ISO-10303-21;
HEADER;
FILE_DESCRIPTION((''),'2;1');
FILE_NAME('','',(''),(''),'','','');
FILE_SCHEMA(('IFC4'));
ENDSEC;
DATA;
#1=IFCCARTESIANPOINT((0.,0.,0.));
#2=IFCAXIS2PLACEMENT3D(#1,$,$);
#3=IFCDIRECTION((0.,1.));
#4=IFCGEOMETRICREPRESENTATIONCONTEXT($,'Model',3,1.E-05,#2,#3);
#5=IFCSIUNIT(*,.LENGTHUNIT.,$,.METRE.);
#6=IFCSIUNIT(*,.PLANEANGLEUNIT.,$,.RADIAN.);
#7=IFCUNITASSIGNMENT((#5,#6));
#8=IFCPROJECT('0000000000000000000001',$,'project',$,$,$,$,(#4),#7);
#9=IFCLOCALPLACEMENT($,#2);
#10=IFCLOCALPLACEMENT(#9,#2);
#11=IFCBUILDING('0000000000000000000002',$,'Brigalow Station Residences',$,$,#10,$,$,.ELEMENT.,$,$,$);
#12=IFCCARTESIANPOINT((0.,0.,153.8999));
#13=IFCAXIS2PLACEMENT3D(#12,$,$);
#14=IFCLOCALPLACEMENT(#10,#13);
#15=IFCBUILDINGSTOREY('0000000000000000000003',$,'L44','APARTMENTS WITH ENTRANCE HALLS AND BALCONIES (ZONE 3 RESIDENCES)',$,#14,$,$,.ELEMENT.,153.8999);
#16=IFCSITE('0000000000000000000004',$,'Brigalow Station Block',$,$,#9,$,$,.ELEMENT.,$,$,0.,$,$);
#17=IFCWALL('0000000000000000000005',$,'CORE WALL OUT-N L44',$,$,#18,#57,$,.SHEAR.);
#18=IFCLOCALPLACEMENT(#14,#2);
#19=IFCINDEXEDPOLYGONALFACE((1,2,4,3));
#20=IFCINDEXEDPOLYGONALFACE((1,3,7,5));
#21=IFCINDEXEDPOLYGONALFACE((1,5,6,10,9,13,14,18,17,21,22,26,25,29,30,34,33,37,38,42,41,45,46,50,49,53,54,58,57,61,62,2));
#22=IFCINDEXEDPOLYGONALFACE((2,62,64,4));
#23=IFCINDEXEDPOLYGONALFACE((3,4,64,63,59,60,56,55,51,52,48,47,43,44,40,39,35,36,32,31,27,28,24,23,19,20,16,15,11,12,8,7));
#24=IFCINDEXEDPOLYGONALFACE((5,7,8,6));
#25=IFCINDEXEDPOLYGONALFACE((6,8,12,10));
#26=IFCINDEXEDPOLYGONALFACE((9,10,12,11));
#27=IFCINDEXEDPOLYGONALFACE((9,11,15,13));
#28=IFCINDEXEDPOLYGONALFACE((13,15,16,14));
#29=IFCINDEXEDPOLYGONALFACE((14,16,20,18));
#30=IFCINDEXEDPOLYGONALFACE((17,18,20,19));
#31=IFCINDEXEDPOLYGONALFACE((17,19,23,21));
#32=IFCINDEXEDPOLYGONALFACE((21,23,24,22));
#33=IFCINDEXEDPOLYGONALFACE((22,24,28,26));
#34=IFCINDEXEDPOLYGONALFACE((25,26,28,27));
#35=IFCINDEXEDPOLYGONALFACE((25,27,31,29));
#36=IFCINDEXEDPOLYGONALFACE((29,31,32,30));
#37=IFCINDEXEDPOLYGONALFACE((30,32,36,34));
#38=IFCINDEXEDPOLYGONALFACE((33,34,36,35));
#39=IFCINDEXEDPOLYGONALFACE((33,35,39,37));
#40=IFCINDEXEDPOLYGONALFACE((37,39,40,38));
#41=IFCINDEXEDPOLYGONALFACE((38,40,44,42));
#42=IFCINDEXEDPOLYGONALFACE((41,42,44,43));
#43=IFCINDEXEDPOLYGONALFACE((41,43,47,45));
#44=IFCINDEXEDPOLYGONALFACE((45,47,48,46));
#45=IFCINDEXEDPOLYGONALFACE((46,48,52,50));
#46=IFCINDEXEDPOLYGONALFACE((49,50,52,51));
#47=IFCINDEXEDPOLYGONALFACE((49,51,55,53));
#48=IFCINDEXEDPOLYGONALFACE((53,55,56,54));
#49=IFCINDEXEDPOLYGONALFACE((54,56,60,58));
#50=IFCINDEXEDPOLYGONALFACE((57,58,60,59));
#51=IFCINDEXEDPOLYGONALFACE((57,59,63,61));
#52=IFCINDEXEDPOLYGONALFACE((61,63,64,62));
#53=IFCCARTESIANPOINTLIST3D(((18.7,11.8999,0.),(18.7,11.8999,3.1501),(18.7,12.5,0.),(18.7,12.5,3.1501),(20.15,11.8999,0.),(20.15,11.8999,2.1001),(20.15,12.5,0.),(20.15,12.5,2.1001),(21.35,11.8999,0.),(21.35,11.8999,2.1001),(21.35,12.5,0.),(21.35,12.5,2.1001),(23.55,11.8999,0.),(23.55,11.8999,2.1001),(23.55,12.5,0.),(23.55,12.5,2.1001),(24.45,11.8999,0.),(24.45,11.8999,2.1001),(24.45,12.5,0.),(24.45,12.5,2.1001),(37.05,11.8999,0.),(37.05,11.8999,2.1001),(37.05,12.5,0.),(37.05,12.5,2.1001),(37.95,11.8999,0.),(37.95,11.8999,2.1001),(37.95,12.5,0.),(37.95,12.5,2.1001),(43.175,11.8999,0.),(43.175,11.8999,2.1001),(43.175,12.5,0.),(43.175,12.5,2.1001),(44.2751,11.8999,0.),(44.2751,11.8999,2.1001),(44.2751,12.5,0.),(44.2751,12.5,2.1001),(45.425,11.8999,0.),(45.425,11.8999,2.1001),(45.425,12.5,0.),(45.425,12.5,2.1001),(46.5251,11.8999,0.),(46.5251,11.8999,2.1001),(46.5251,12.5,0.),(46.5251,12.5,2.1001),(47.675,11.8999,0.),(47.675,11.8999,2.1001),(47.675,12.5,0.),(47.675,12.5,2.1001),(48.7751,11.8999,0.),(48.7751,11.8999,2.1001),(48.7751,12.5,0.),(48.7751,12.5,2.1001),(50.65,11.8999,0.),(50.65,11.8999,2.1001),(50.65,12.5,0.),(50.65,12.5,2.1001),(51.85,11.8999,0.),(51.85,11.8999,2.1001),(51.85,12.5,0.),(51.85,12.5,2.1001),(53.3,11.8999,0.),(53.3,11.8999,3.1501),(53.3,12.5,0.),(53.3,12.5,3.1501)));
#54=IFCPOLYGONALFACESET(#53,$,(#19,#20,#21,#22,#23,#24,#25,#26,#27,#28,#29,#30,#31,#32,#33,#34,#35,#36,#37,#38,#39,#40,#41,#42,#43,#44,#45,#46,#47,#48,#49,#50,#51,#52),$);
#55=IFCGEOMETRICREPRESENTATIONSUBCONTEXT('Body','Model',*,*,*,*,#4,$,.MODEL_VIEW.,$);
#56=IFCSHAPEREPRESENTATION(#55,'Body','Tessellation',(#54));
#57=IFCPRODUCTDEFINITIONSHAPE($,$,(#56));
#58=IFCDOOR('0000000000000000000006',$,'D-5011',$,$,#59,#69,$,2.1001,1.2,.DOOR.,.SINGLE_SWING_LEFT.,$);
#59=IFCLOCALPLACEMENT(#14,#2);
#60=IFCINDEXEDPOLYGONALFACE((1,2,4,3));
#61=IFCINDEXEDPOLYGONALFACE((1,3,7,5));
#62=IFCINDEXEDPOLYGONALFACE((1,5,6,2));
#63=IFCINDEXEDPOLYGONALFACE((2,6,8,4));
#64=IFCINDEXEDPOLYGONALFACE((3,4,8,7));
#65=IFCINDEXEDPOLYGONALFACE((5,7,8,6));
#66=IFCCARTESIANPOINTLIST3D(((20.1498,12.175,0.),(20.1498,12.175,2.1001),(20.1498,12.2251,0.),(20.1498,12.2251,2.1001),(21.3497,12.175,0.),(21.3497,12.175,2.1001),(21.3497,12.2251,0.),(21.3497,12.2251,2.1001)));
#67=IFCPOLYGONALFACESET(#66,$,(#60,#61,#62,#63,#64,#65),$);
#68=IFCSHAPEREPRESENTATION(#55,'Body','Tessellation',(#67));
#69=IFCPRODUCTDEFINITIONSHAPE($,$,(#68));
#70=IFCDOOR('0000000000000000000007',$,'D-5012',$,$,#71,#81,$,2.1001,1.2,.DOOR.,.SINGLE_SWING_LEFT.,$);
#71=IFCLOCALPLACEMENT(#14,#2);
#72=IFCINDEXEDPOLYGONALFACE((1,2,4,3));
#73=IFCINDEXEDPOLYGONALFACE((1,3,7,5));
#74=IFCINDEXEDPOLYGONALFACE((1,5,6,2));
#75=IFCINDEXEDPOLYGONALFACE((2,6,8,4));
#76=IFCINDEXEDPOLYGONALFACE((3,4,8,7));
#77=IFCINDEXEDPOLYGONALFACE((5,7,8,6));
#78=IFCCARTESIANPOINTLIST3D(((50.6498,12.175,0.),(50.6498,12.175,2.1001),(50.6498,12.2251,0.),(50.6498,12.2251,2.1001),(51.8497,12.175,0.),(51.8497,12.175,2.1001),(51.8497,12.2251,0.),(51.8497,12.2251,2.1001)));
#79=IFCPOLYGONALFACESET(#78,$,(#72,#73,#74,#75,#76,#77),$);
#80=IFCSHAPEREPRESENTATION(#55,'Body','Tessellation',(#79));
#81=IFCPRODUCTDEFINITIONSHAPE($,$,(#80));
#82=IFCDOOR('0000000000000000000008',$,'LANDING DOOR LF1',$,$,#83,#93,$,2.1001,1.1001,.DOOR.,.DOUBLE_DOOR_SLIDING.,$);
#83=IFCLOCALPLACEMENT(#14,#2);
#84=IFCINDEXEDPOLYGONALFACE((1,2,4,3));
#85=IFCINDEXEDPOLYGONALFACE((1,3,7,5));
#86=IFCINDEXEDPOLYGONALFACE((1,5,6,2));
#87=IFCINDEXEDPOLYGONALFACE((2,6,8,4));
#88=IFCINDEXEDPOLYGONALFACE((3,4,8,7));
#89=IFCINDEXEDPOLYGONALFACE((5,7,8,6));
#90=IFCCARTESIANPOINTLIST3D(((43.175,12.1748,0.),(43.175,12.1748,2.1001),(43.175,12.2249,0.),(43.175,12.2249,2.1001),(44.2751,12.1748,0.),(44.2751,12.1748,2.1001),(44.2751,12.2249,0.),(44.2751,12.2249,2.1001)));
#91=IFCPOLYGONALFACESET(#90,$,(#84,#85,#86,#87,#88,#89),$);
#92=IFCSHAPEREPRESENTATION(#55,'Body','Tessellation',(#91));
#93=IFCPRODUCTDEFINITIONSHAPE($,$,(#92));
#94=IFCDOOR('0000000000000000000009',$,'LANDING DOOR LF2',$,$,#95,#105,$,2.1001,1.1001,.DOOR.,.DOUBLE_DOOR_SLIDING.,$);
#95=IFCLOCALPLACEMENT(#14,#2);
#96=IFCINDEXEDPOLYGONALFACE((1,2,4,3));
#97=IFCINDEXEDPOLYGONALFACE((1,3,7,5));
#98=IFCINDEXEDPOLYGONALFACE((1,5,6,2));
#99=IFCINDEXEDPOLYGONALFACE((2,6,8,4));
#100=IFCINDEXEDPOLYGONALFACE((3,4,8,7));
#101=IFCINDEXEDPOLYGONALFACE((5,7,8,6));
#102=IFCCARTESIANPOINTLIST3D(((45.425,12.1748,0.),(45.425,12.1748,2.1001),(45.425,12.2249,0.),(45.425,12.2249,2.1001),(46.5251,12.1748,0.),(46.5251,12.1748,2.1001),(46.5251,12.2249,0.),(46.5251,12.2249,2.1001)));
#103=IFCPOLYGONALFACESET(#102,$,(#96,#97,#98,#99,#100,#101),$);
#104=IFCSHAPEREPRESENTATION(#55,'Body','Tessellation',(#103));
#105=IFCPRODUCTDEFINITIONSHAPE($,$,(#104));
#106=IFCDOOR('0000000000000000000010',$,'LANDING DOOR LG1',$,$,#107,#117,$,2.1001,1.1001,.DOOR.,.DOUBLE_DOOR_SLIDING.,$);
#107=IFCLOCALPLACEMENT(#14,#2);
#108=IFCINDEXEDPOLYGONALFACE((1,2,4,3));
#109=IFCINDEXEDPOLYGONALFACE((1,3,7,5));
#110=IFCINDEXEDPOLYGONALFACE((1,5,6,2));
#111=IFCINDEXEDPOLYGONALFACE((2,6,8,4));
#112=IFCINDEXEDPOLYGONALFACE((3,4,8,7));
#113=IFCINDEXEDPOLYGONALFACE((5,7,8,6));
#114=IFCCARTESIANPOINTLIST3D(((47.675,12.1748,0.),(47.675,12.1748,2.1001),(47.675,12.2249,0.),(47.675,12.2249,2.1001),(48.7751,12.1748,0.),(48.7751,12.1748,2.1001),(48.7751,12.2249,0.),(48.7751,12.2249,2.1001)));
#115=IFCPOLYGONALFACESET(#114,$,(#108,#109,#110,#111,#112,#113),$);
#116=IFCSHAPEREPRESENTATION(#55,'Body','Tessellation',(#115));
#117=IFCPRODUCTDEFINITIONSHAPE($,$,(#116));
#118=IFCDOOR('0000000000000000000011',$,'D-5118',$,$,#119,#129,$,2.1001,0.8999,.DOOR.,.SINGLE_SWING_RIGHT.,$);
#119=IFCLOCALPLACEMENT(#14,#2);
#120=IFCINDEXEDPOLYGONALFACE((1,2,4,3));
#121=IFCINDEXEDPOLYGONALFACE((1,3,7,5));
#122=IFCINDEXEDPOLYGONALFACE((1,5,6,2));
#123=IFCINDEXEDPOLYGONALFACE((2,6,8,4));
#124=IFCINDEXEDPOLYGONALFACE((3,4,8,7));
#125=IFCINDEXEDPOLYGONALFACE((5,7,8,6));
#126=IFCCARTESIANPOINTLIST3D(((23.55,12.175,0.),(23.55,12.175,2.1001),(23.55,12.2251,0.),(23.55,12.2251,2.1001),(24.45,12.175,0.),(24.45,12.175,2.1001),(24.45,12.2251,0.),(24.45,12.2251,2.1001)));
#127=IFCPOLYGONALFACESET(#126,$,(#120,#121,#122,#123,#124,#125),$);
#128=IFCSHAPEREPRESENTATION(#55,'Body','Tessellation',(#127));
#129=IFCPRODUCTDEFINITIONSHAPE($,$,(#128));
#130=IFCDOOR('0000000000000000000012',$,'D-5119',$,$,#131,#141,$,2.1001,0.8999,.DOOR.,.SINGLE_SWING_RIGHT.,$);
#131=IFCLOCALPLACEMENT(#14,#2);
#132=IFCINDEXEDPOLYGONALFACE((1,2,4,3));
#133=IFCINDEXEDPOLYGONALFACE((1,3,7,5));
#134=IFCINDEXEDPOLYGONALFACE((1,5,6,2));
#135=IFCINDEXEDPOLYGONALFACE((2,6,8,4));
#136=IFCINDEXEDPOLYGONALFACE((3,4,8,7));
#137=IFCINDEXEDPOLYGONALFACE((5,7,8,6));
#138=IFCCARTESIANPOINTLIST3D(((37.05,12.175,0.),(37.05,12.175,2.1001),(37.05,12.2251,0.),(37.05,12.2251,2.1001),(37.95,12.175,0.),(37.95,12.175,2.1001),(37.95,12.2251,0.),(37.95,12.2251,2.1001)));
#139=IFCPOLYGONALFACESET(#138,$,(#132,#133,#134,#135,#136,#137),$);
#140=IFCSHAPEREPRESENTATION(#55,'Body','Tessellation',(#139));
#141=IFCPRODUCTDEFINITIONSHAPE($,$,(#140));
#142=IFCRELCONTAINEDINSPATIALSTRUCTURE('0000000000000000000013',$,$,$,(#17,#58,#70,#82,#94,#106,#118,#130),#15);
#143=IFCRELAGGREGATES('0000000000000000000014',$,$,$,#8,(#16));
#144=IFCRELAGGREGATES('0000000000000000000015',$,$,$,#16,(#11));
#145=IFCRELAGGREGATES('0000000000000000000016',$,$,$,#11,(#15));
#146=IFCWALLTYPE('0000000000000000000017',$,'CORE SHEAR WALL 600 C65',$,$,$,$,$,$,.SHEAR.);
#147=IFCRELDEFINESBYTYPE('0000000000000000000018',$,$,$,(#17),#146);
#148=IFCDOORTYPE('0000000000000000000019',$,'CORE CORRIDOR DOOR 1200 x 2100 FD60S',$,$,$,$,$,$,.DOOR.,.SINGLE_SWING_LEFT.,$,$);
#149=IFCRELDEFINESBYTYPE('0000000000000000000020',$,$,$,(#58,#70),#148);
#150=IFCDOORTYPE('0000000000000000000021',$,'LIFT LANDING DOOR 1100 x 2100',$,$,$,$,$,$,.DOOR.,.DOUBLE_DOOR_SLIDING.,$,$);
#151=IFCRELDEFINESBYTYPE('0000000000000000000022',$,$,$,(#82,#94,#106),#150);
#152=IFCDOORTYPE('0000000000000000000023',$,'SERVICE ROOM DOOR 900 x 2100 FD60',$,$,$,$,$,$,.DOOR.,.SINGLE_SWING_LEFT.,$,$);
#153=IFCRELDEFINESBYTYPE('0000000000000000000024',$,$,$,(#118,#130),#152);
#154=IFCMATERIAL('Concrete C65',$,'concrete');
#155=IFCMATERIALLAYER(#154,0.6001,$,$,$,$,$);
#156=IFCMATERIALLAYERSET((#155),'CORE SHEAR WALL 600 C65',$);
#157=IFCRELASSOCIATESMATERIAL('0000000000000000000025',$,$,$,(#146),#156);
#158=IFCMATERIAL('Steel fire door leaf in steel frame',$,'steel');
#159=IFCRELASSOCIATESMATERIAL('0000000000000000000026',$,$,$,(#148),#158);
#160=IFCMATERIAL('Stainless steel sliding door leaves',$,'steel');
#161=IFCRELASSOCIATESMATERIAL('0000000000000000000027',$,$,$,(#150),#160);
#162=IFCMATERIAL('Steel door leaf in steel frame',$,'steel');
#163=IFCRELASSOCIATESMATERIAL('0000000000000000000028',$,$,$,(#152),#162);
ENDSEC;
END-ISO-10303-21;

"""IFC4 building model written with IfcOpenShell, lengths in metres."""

from ifc_helpers import new_model, si_unit, direction, frame, frame_2d, origin, place, context, subcontext, project, spatial, rectangle, extrude, material, layer, layer_set, type_object, element, fill, save


model = new_model("IFC4")

# Units and contexts
model_context = context("Model", 3, precision=1e-05, world=origin(), true_north=direction((0.0, 1.0)))
body_context = subcontext(model_context, "Body", "Model", "MODEL_VIEW")
ifc_project = project(units=[si_unit("LENGTHUNIT", "METRE"), si_unit("PLANEANGLEUNIT", "RADIAN")], contexts=[model_context])

# Site, building, storey
site_placement = place(None, origin())
site = spatial("IfcSite", under=ifc_project, at=site_placement, Name="Brigalow Station Block", CompositionType="ELEMENT", RefElevation=0.0)
building_placement = place(site_placement, origin())
building = spatial("IfcBuilding", under=site, at=building_placement, Name="Brigalow Station Residences", CompositionType="ELEMENT")
storey_placement = place(building_placement, frame((0.0, 0.0, 153.8999)))
storey = spatial("IfcBuildingStorey", under=building, at=storey_placement, Name="L44", Description="APARTMENTS WITH ENTRANCE HALLS AND BALCONIES (ZONE 3 RESIDENCES)", CompositionType="ELEMENT", Elevation=153.8999)

# Wall, openings, doors
ifc_material_1 = material(Name="Concrete C65", Category="concrete")
ifc_layer_1 = layer(ifc_material_1, 0.6001)
ifc_layer_set_1 = layer_set([ifc_layer_1], Name="CORE SHEAR WALL 600 C65")
wall_type_1 = type_object("IfcWallType", Name="CORE SHEAR WALL 600 C65", PredefinedType="SHEAR", material=ifc_layer_set_1)
wall_1_placement = place(storey_placement, frame((18.7, 12.2, 0.0), z_axis=(0.0, 0.0, 1.0), x_axis=(1.0, 0.0, 0.0)))
wall_1 = element("IfcWall", 1, at=wall_1_placement, inside=storey, type_object=wall_type_1, Name="CORE WALL OUT-N L44", PredefinedType="SHEAR", context=body_context, shape_type="SweptSolid", body=[
    extrude(rectangle(XDim=34.6001, YDim=0.6001, at=frame_2d((17.3, 0.0))), origin(), (0.0, 0.0, 1.0), 3.1501),
])
opening_1_placement = place(wall_1_placement, frame((24.4751, 0.0, 0.0)))
opening_1 = element("IfcOpeningElement", 2, at=opening_1_placement, cuts=wall_1, PredefinedType="OPENING", context=body_context, shape_type="SweptSolid", body=[
    extrude(rectangle(XDim=1.1001, YDim=2.1001, at=frame_2d((0.55, 1.05))), frame((0.0, 0.3101, 0.0), z_axis=(0.0, -1.0, 0.0), x_axis=(1.0, 0.0, 0.0)), (0.0, 0.0, 1.0), 0.6201),
])
opening_2_placement = place(wall_1_placement, frame((26.7251, 0.0, 0.0)))
opening_2 = element("IfcOpeningElement", 3, at=opening_2_placement, cuts=wall_1, PredefinedType="OPENING", context=body_context, shape_type="SweptSolid", body=[
    extrude(rectangle(XDim=1.1001, YDim=2.1001, at=frame_2d((0.55, 1.05))), frame((0.0, 0.3101, 0.0), z_axis=(0.0, -1.0, 0.0), x_axis=(1.0, 0.0, 0.0)), (0.0, 0.0, 1.0), 0.6201),
])
opening_3_placement = place(wall_1_placement, frame((28.9751, 0.0, 0.0)))
opening_3 = element("IfcOpeningElement", 4, at=opening_3_placement, cuts=wall_1, PredefinedType="OPENING", context=body_context, shape_type="SweptSolid", body=[
    extrude(rectangle(XDim=1.1001, YDim=2.1001, at=frame_2d((0.55, 1.05))), frame((0.0, 0.3101, 0.0), z_axis=(0.0, -1.0, 0.0), x_axis=(1.0, 0.0, 0.0)), (0.0, 0.0, 1.0), 0.6201),
])
opening_4_placement = place(wall_1_placement, frame((4.8501, 0.0, 0.0)))
opening_4 = element("IfcOpeningElement", 5, at=opening_4_placement, cuts=wall_1, PredefinedType="OPENING", context=body_context, shape_type="SweptSolid", body=[
    extrude(rectangle(XDim=0.8999, YDim=2.1001, at=frame_2d((0.45, 1.05))), frame((0.0, 0.3101, 0.0), z_axis=(0.0, -1.0, 0.0), x_axis=(1.0, 0.0, 0.0)), (0.0, 0.0, 1.0), 0.6201),
])
opening_5_placement = place(wall_1_placement, frame((18.3501, 0.0, 0.0)))
opening_5 = element("IfcOpeningElement", 6, at=opening_5_placement, cuts=wall_1, PredefinedType="OPENING", context=body_context, shape_type="SweptSolid", body=[
    extrude(rectangle(XDim=0.8999, YDim=2.1001, at=frame_2d((0.45, 1.05))), frame((0.0, 0.3101, 0.0), z_axis=(0.0, -1.0, 0.0), x_axis=(1.0, 0.0, 0.0)), (0.0, 0.0, 1.0), 0.6201),
])
opening_6_placement = place(wall_1_placement, frame((1.45, 0.0, 0.0)))
opening_6 = element("IfcOpeningElement", 7, at=opening_6_placement, cuts=wall_1, PredefinedType="OPENING", context=body_context, shape_type="SweptSolid", body=[
    extrude(rectangle(XDim=1.2, YDim=2.1001, at=frame_2d((0.6001, 1.05))), frame((0.0, 0.3101, 0.0), z_axis=(0.0, -1.0, 0.0), x_axis=(1.0, 0.0, 0.0)), (0.0, 0.0, 1.0), 0.6201),
])
opening_7_placement = place(wall_1_placement, frame((31.95, 0.0, 0.0)))
opening_7 = element("IfcOpeningElement", 8, at=opening_7_placement, cuts=wall_1, PredefinedType="OPENING", context=body_context, shape_type="SweptSolid", body=[
    extrude(rectangle(XDim=1.2, YDim=2.1001, at=frame_2d((0.6001, 1.05))), frame((0.0, 0.3101, 0.0), z_axis=(0.0, -1.0, 0.0), x_axis=(1.0, 0.0, 0.0)), (0.0, 0.0, 1.0), 0.6201),
])
ifc_material_2 = material(Name="Steel fire door leaf in steel frame", Category="steel")
door_type_1 = type_object("IfcDoorType", Name="CORE CORRIDOR DOOR 1200 x 2100 FD60S", OperationType="SINGLE_SWING_LEFT", PredefinedType="DOOR", material=ifc_material_2)
door_1_placement = place(opening_6_placement, frame((1.2, 0.0, 0.0), z_axis=(0.0, 0.0, 1.0), x_axis=(-1.0, 0.0, 0.0)))
door_1 = element("IfcDoor", 9, at=door_1_placement, inside=storey, type_object=door_type_1, Name="D-5011", OperationType="SINGLE_SWING_LEFT", OverallHeight=2.1001, OverallWidth=1.2, PredefinedType="DOOR", context=body_context, shape_type="SweptSolid", body=[
    extrude(rectangle(XDim=1.2, YDim=2.1001, at=frame_2d((0.6001, 1.05))), frame((0.0, 0.0249, 0.0), z_axis=(0.0, -1.0, 0.0), x_axis=(1.0, 0.0, 0.0)), (0.0, 0.0, 1.0), 0.05),
])
fill(opening_6, door_1)
door_2_placement = place(opening_7_placement, frame((1.2, 0.0, 0.0), z_axis=(0.0, 0.0, 1.0), x_axis=(-1.0, 0.0, 0.0)))
door_2 = element("IfcDoor", 10, at=door_2_placement, inside=storey, type_object=door_type_1, Name="D-5012", OperationType="SINGLE_SWING_LEFT", OverallHeight=2.1001, OverallWidth=1.2, PredefinedType="DOOR", context=body_context, shape_type="SweptSolid", body=[
    extrude(rectangle(XDim=1.2, YDim=2.1001, at=frame_2d((0.6001, 1.05))), frame((0.0, 0.0249, 0.0), z_axis=(0.0, -1.0, 0.0), x_axis=(1.0, 0.0, 0.0)), (0.0, 0.0, 1.0), 0.05),
])
fill(opening_7, door_2)
ifc_material_3 = material(Name="Stainless steel sliding door leaves", Category="steel")
door_type_2 = type_object("IfcDoorType", Name="LIFT LANDING DOOR 1100 x 2100", OperationType="DOUBLE_DOOR_SLIDING", PredefinedType="DOOR", material=ifc_material_3)
door_3_placement = place(opening_1_placement, origin())
door_3 = element("IfcDoor", 11, at=door_3_placement, inside=storey, type_object=door_type_2, Name="LANDING DOOR LF1", OperationType="DOUBLE_DOOR_SLIDING", OverallHeight=2.1001, OverallWidth=1.1001, PredefinedType="DOOR", context=body_context, shape_type="SweptSolid", body=[
    extrude(rectangle(XDim=1.1001, YDim=2.1001, at=frame_2d((0.55, 1.05))), frame((0.0, 0.0249, 0.0), z_axis=(0.0, -1.0, 0.0), x_axis=(1.0, 0.0, 0.0)), (0.0, 0.0, 1.0), 0.05),
])
fill(opening_1, door_3)
door_4_placement = place(opening_2_placement, origin())
door_4 = element("IfcDoor", 12, at=door_4_placement, inside=storey, type_object=door_type_2, Name="LANDING DOOR LF2", OperationType="DOUBLE_DOOR_SLIDING", OverallHeight=2.1001, OverallWidth=1.1001, PredefinedType="DOOR", context=body_context, shape_type="SweptSolid", body=[
    extrude(rectangle(XDim=1.1001, YDim=2.1001, at=frame_2d((0.55, 1.05))), frame((0.0, 0.0249, 0.0), z_axis=(0.0, -1.0, 0.0), x_axis=(1.0, 0.0, 0.0)), (0.0, 0.0, 1.0), 0.05),
])
fill(opening_2, door_4)
door_5_placement = place(opening_3_placement, origin())
door_5 = element("IfcDoor", 13, at=door_5_placement, inside=storey, type_object=door_type_2, Name="LANDING DOOR LG1", OperationType="DOUBLE_DOOR_SLIDING", OverallHeight=2.1001, OverallWidth=1.1001, PredefinedType="DOOR", context=body_context, shape_type="SweptSolid", body=[
    extrude(rectangle(XDim=1.1001, YDim=2.1001, at=frame_2d((0.55, 1.05))), frame((0.0, 0.0249, 0.0), z_axis=(0.0, -1.0, 0.0), x_axis=(1.0, 0.0, 0.0)), (0.0, 0.0, 1.0), 0.05),
])
fill(opening_3, door_5)
ifc_material_4 = material(Name="Steel door leaf in steel frame", Category="steel")
door_type_3 = type_object("IfcDoorType", Name="SERVICE ROOM DOOR 900 x 2100 FD60", OperationType="SINGLE_SWING_LEFT", PredefinedType="DOOR", material=ifc_material_4)
door_6_placement = place(opening_4_placement, frame((0.8999, 0.0, 0.0), z_axis=(0.0, 0.0, 1.0), x_axis=(-1.0, 0.0, 0.0)))
door_6 = element("IfcDoor", 14, at=door_6_placement, inside=storey, type_object=door_type_3, Name="D-5118", OperationType="SINGLE_SWING_RIGHT", OverallHeight=2.1001, OverallWidth=0.8999, PredefinedType="DOOR", context=body_context, shape_type="SweptSolid", body=[
    extrude(rectangle(XDim=0.8999, YDim=2.1001, at=frame_2d((0.45, 1.05))), frame((0.0, 0.0249, 0.0), z_axis=(0.0, -1.0, 0.0), x_axis=(1.0, 0.0, 0.0)), (0.0, 0.0, 1.0), 0.05),
])
fill(opening_4, door_6)
door_7_placement = place(opening_5_placement, frame((0.8999, 0.0, 0.0), z_axis=(0.0, 0.0, 1.0), x_axis=(-1.0, 0.0, 0.0)))
door_7 = element("IfcDoor", 15, at=door_7_placement, inside=storey, type_object=door_type_3, Name="D-5119", OperationType="SINGLE_SWING_RIGHT", OverallHeight=2.1001, OverallWidth=0.8999, PredefinedType="DOOR", context=body_context, shape_type="SweptSolid", body=[
    extrude(rectangle(XDim=0.8999, YDim=2.1001, at=frame_2d((0.45, 1.05))), frame((0.0, 0.0249, 0.0), z_axis=(0.0, -1.0, 0.0), x_axis=(1.0, 0.0, 0.0)), (0.0, 0.0, 1.0), 0.05),
])
fill(opening_5, door_7)

save(model, "model.ifc")
